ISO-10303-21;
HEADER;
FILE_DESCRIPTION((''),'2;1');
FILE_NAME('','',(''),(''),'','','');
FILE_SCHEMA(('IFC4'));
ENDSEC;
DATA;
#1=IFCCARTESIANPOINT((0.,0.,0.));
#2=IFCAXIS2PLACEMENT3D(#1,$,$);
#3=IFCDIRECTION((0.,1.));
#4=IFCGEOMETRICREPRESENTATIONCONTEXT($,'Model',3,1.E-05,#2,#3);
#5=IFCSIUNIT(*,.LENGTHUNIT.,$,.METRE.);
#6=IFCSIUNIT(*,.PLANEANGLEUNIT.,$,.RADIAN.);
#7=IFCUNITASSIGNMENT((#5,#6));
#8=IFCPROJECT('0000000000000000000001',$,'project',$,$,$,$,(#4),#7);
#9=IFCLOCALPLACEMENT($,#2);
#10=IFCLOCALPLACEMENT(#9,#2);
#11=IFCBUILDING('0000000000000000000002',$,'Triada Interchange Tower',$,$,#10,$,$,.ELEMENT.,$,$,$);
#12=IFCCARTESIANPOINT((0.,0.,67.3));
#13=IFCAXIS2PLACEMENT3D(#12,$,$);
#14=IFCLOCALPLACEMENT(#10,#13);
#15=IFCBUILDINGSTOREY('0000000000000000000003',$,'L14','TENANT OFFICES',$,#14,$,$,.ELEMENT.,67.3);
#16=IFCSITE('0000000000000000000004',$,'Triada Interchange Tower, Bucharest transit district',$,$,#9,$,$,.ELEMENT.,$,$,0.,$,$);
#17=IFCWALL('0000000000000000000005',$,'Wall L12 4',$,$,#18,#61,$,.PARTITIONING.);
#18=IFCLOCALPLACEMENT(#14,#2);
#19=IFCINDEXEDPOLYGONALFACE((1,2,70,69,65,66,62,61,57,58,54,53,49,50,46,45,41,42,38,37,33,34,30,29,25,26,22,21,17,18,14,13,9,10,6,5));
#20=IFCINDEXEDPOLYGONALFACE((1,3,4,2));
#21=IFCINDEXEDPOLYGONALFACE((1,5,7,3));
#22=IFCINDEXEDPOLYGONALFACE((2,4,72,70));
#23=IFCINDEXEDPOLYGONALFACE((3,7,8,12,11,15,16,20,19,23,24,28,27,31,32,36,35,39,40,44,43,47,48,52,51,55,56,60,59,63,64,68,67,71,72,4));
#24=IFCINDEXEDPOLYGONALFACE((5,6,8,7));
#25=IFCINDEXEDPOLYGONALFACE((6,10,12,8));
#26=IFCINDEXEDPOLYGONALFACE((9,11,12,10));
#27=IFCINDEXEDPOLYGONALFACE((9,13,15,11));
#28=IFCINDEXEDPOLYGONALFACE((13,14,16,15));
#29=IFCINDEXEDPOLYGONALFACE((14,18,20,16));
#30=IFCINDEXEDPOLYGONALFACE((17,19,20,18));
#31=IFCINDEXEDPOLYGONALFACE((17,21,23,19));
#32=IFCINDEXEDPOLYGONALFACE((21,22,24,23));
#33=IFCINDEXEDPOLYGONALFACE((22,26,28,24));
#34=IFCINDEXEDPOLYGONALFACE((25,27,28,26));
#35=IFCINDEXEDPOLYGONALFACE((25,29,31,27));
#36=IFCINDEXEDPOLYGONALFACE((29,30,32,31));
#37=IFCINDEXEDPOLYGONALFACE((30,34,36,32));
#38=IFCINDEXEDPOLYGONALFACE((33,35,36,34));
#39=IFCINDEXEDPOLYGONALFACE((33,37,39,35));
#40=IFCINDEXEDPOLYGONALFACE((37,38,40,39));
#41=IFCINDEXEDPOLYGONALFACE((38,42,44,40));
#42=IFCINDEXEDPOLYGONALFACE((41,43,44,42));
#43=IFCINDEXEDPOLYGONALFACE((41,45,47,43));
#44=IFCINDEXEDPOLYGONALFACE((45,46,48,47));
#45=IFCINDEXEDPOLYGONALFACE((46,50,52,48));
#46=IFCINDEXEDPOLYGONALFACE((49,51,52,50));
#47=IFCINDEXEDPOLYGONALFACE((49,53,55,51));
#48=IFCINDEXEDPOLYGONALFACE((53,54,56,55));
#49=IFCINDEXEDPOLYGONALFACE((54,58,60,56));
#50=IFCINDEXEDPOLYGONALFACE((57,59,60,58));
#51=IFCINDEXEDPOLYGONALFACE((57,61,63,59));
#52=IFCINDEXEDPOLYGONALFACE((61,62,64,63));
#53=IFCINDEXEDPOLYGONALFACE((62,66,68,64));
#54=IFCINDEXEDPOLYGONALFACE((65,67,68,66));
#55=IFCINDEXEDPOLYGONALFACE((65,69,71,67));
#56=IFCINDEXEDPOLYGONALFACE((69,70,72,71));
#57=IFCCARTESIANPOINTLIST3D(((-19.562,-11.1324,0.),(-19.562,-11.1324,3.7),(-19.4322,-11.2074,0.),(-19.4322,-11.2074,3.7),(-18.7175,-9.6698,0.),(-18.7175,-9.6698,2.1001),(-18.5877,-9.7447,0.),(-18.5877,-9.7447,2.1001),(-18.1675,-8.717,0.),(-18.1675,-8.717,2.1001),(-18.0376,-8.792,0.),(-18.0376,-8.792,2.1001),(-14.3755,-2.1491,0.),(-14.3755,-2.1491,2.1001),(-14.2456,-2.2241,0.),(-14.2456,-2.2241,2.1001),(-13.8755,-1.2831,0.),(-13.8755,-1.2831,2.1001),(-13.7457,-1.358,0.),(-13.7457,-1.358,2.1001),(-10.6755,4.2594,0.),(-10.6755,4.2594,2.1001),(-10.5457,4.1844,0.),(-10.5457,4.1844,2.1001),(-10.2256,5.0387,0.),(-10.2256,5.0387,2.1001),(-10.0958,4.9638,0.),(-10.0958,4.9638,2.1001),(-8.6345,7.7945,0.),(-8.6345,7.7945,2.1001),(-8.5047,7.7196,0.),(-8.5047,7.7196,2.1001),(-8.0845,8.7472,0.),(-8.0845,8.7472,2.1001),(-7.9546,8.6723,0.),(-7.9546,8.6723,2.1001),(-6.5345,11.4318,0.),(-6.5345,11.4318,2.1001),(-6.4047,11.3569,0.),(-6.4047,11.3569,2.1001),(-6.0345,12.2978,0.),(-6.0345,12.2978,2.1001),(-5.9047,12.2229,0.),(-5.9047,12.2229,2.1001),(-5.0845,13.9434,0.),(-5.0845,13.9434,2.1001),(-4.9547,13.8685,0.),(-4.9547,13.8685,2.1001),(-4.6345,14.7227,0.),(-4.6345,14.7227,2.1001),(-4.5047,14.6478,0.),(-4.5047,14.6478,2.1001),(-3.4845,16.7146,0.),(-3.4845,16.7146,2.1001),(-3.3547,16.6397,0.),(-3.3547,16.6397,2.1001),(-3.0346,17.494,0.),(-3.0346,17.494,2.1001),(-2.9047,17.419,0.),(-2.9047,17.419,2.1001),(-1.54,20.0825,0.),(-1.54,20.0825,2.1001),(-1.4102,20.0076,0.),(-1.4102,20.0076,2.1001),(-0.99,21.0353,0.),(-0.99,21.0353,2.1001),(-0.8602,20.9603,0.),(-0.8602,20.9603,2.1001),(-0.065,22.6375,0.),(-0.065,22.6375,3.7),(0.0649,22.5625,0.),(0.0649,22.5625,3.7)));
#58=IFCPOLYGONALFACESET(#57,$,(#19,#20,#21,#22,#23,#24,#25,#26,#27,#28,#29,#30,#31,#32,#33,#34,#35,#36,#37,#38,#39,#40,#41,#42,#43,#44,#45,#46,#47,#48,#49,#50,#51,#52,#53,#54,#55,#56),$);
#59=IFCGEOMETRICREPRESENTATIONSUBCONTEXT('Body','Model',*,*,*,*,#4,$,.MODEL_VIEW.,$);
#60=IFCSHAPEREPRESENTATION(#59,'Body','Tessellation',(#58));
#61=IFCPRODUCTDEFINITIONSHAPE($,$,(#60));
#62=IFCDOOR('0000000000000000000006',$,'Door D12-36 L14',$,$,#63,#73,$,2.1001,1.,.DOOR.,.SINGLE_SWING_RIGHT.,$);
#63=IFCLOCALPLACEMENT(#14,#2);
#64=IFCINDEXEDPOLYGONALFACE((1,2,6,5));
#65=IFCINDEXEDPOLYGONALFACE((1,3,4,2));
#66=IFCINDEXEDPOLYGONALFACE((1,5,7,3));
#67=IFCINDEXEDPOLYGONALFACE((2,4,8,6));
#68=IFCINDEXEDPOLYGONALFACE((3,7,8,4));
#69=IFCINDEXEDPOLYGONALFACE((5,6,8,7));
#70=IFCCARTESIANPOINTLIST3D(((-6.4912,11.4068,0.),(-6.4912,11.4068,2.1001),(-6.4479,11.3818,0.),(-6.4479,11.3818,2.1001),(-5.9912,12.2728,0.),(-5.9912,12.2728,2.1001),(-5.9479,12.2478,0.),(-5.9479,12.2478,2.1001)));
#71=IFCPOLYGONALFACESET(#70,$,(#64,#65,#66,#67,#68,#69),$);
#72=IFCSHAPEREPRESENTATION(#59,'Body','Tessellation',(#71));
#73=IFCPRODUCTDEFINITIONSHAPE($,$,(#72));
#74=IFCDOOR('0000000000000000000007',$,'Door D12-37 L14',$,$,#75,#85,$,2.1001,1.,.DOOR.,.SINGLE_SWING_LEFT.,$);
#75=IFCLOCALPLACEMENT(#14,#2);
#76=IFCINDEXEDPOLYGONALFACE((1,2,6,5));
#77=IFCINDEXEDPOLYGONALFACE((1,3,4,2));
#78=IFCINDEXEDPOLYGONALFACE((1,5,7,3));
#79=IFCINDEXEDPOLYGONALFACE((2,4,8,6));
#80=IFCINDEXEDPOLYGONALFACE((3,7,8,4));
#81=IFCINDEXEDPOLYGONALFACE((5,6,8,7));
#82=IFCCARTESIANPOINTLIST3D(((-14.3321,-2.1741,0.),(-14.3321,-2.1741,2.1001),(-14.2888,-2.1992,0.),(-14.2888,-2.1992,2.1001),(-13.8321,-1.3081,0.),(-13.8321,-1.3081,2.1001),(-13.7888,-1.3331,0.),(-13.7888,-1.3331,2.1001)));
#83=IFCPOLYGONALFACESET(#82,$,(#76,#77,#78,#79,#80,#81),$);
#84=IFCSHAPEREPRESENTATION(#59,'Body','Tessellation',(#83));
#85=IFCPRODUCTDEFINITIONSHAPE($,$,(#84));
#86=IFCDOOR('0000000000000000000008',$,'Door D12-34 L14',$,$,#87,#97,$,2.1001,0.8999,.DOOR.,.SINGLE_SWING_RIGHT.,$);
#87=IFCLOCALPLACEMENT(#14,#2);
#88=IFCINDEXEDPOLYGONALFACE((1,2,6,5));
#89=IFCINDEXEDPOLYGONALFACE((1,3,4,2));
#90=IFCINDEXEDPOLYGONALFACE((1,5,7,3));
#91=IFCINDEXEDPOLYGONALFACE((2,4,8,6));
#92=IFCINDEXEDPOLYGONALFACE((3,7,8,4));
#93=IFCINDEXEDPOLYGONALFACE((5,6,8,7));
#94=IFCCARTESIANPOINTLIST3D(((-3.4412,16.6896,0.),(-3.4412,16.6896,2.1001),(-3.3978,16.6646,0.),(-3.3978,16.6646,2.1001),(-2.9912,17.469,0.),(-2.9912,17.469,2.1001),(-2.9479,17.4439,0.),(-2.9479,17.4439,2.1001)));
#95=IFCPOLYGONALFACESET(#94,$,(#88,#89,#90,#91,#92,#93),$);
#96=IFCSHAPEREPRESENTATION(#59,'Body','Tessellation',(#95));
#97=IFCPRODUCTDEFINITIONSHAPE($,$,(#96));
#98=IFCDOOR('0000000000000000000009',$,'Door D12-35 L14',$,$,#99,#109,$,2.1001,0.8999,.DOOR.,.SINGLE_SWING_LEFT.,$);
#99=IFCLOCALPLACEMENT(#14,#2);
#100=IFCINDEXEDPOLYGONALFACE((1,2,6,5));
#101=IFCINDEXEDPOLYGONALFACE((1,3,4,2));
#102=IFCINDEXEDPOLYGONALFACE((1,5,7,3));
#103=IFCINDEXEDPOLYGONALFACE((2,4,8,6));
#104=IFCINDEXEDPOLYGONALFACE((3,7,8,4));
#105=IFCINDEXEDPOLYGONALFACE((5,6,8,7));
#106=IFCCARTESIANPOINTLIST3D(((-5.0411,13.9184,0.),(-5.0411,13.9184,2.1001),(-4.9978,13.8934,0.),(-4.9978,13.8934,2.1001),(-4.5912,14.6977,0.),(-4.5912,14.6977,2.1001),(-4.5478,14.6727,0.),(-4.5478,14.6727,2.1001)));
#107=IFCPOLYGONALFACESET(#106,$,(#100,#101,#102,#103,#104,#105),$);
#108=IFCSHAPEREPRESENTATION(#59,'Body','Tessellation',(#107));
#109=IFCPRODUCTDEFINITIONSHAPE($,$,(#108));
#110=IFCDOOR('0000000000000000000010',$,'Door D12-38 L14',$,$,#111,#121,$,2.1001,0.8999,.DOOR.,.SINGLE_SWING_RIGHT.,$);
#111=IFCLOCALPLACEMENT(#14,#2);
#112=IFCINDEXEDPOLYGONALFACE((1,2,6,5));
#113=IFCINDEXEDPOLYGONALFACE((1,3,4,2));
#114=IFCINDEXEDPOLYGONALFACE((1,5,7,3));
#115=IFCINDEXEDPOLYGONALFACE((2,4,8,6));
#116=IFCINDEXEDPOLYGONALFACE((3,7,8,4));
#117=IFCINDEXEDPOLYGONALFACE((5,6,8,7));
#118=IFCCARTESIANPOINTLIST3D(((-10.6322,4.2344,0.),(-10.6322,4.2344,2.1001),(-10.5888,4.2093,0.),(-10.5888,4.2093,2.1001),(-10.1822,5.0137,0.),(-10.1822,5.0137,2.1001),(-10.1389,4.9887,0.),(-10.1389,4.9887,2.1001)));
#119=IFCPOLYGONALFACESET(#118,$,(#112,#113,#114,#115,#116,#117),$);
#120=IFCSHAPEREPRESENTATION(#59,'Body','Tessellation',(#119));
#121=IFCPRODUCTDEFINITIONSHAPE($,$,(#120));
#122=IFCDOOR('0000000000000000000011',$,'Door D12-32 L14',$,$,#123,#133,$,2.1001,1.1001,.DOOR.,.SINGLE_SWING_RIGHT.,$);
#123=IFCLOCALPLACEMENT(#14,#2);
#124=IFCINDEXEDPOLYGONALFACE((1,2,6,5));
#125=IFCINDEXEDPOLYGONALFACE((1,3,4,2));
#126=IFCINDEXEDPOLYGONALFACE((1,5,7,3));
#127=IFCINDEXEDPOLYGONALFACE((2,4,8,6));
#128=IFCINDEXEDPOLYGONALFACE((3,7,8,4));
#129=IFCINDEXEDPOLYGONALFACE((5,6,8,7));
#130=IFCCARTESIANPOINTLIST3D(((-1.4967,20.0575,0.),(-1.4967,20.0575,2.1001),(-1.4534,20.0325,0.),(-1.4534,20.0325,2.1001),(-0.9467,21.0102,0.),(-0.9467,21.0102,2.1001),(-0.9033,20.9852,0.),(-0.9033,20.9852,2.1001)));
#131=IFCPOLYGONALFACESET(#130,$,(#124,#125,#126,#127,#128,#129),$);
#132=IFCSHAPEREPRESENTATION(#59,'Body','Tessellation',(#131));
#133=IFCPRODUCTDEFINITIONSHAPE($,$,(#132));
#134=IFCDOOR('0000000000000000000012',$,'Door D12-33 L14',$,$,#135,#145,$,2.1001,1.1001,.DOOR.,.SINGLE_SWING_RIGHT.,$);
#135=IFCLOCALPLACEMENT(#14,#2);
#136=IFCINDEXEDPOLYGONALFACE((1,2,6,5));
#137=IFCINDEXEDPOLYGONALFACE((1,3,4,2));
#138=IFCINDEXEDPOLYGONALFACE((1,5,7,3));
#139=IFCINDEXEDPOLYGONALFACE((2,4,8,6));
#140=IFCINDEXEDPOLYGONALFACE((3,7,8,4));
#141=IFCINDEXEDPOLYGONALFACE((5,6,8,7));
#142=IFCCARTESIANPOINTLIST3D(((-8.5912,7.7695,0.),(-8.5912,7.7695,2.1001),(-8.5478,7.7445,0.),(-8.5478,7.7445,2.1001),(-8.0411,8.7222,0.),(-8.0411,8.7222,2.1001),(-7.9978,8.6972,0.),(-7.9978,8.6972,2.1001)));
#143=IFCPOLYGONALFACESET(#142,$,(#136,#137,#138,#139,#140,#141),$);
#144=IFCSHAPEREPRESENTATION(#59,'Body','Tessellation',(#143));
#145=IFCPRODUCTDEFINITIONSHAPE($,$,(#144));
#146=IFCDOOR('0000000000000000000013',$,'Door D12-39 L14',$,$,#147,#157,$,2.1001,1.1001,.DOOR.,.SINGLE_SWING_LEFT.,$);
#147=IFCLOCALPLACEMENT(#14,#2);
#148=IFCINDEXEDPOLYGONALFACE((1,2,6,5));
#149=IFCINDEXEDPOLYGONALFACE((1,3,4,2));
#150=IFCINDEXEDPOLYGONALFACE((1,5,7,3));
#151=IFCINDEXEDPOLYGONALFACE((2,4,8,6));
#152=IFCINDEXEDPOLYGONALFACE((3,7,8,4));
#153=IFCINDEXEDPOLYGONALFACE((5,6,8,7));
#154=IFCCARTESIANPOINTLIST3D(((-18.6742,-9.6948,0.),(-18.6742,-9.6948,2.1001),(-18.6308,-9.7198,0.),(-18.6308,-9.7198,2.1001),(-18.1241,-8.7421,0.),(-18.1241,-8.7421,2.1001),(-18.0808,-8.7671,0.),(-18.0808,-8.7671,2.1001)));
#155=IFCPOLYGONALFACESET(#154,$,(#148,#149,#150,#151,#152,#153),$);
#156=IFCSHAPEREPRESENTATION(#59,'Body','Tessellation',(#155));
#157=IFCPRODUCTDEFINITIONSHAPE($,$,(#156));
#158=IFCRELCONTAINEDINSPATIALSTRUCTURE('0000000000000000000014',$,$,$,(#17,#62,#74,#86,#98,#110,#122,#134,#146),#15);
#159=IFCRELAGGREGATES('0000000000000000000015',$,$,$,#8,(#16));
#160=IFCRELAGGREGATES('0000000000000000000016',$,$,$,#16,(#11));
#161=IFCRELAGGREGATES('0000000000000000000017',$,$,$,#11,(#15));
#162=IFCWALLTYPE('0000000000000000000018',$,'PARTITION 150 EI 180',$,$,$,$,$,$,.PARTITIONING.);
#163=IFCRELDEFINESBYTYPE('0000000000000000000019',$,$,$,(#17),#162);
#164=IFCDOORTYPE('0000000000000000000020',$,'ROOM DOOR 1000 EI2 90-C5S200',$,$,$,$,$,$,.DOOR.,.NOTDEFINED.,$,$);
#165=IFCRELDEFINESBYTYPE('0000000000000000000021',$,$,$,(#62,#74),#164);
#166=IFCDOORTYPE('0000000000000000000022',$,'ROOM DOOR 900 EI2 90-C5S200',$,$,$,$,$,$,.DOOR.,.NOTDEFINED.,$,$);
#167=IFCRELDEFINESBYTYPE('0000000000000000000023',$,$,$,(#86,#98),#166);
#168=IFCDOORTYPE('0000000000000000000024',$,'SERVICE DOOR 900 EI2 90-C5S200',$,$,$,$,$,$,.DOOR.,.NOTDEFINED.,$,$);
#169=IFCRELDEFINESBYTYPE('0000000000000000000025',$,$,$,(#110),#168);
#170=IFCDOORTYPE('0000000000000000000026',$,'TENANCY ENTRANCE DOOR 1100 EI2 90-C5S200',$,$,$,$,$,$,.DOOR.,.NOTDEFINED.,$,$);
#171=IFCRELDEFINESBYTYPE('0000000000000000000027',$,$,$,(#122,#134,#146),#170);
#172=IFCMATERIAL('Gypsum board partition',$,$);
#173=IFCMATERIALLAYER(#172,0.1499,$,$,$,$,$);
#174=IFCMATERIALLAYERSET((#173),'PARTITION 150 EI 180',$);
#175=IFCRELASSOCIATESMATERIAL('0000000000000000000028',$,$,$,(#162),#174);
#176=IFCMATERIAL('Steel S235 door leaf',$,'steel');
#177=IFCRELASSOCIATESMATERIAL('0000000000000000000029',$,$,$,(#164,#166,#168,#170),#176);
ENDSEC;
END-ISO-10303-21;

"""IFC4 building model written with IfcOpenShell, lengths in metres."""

from ifc_helpers import new_model, si_unit, direction, frame, frame_2d, origin, place, context, subcontext, project, spatial, rectangle, extrude, material, layer, layer_set, type_object, element, fill, save


model = new_model("IFC4")

# Units and contexts
model_context = context("Model", 3, precision=1e-05, world=origin(), true_north=direction((0.0, 1.0)))
body_context = subcontext(model_context, "Body", "Model", "MODEL_VIEW")
ifc_project = project(units=[si_unit("LENGTHUNIT", "METRE"), si_unit("PLANEANGLEUNIT", "RADIAN")], contexts=[model_context])

# Site, building, storey
site_placement = place(None, origin())
site = spatial("IfcSite", under=ifc_project, at=site_placement, Name="Triada Interchange Tower, Bucharest transit district", CompositionType="ELEMENT", RefElevation=0.0)
building_placement = place(site_placement, origin())
building = spatial("IfcBuilding", under=site, at=building_placement, Name="Triada Interchange Tower", CompositionType="ELEMENT")
storey_placement = place(building_placement, frame((0.0, 0.0, 67.3)))
storey = spatial("IfcBuildingStorey", under=building, at=storey_placement, Name="L14", Description="TENANT OFFICES", CompositionType="ELEMENT", Elevation=67.3)

# Wall, openings, doors
ifc_material_1 = material(Name="Gypsum board partition")
ifc_layer_1 = layer(ifc_material_1, 0.1499)
ifc_layer_set_1 = layer_set([ifc_layer_1], Name="PARTITION 150 EI 180")
wall_type_1 = type_object("IfcWallType", Name="PARTITION 150 EI 180", PredefinedType="PARTITIONING", material=ifc_layer_set_1)
wall_1_placement = place(storey_placement, frame((-19.4971, -11.1699, 0.0), z_axis=(0.0, 0.0, 1.0), x_axis=(0.499999, 0.866026, 0.0)))
wall_1 = element("IfcWall", 1, at=wall_1_placement, inside=storey, type_object=wall_type_1, Name="Wall L12 4", PredefinedType="PARTITIONING", context=body_context, shape_type="SweptSolid", body=[
    extrude(rectangle(XDim=38.9941, YDim=0.1499, at=frame_2d((19.4971, 0.0))), origin(), (0.0, 0.0, 1.0), 3.7),
])
opening_1_placement = place(wall_1_placement, frame((36.0439, 0.0, 0.0)))
opening_1 = element("IfcOpeningElement", 2, at=opening_1_placement, cuts=wall_1, PredefinedType="OPENING", context=body_context, shape_type="SweptSolid", body=[
    extrude(rectangle(XDim=1.1001, YDim=2.1001, at=frame_2d((0.55, 1.05))), frame((0.0, 0.085, 0.0), z_axis=(0.0, -1.0, 0.0), x_axis=(1.0, 0.0, 0.0)), (0.0, 0.0, 1.0), 0.1699),
])
opening_2_placement = place(wall_1_placement, frame((21.855, 0.0, 0.0)))
opening_2 = element("IfcOpeningElement", 3, at=opening_2_placement, cuts=wall_1, PredefinedType="OPENING", context=body_context, shape_type="SweptSolid", body=[
    extrude(rectangle(XDim=1.1001, YDim=2.1001, at=frame_2d((0.55, 1.05))), frame((0.0, 0.085, 0.0), z_axis=(0.0, -1.0, 0.0), x_axis=(1.0, 0.0, 0.0)), (0.0, 0.0, 1.0), 0.1699),
])
opening_3_placement = place(wall_1_placement, frame((32.155, 0.0, 0.0)))
opening_3 = element("IfcOpeningElement", 4, at=opening_3_placement, cuts=wall_1, PredefinedType="OPENING", context=body_context, shape_type="SweptSolid", body=[
    extrude(rectangle(XDim=0.8999, YDim=2.1001, at=frame_2d((0.45, 1.05))), frame((0.0, 0.085, 0.0), z_axis=(0.0, -1.0, 0.0), x_axis=(1.0, 0.0, 0.0)), (0.0, 0.0, 1.0), 0.1699),
])
opening_4_placement = place(wall_1_placement, frame((28.9551, 0.0, 0.0)))
opening_4 = element("IfcOpeningElement", 5, at=opening_4_placement, cuts=wall_1, PredefinedType="OPENING", context=body_context, shape_type="SweptSolid", body=[
    extrude(rectangle(XDim=0.8999, YDim=2.1001, at=frame_2d((0.45, 1.05))), frame((0.0, 0.085, 0.0), z_axis=(0.0, -1.0, 0.0), x_axis=(1.0, 0.0, 0.0)), (0.0, 0.0, 1.0), 0.1699),
])
opening_5_placement = place(wall_1_placement, frame((26.0549, 0.0, 0.0)))
opening_5 = element("IfcOpeningElement", 6, at=opening_5_placement, cuts=wall_1, PredefinedType="OPENING", context=body_context, shape_type="SweptSolid", body=[
    extrude(rectangle(XDim=1.0, YDim=2.1001, at=frame_2d((0.5, 1.05))), frame((0.0, 0.085, 0.0), z_axis=(0.0, -1.0, 0.0), x_axis=(1.0, 0.0, 0.0)), (0.0, 0.0, 1.0), 0.1699),
])
opening_6_placement = place(wall_1_placement, frame((10.373, 0.0, 0.0)))
opening_6 = element("IfcOpeningElement", 7, at=opening_6_placement, cuts=wall_1, PredefinedType="OPENING", context=body_context, shape_type="SweptSolid", body=[
    extrude(rectangle(XDim=1.0, YDim=2.1001, at=frame_2d((0.5, 1.05))), frame((0.0, 0.085, 0.0), z_axis=(0.0, -1.0, 0.0), x_axis=(1.0, 0.0, 0.0)), (0.0, 0.0, 1.0), 0.1699),
])
opening_7_placement = place(wall_1_placement, frame((17.7729, 0.0, 0.0)))
opening_7 = element("IfcOpeningElement", 8, at=opening_7_placement, cuts=wall_1, PredefinedType="OPENING", context=body_context, shape_type="SweptSolid", body=[
    extrude(rectangle(XDim=0.8999, YDim=2.1001, at=frame_2d((0.45, 1.05))), frame((0.0, 0.085, 0.0), z_axis=(0.0, -1.0, 0.0), x_axis=(1.0, 0.0, 0.0)), (0.0, 0.0, 1.0), 0.1699),
])
opening_8_placement = place(wall_1_placement, frame((1.689, 0.0, 0.0)))
opening_8 = element("IfcOpeningElement", 9, at=opening_8_placement, cuts=wall_1, PredefinedType="OPENING", context=body_context, shape_type="SweptSolid", body=[
    extrude(rectangle(XDim=1.1001, YDim=2.1001, at=frame_2d((0.55, 1.05))), frame((0.0, 0.085, 0.0), z_axis=(0.0, -1.0, 0.0), x_axis=(1.0, 0.0, 0.0)), (0.0, 0.0, 1.0), 0.1699),
])
ifc_material_2 = material(Name="Steel S235 door leaf", Category="steel")
door_type_1 = type_object("IfcDoorType", Name="ROOM DOOR 1000 EI2 90-C5S200", OperationType="NOTDEFINED", PredefinedType="DOOR", material=ifc_material_2)
door_1_placement = place(opening_5_placement, origin())
door_1 = element("IfcDoor", 10, at=door_1_placement, inside=storey, type_object=door_type_1, Name="Door D12-36 L14", OperationType="SINGLE_SWING_RIGHT", OverallHeight=2.1001, OverallWidth=1.0, PredefinedType="DOOR", context=body_context, shape_type="SweptSolid", body=[
    extrude(rectangle(XDim=1.0, YDim=2.1001, at=frame_2d((0.5, 1.05))), frame((0.0, 0.0249, 0.0), z_axis=(0.0, -1.0, 0.0), x_axis=(1.0, 0.0, 0.0)), (0.0, 0.0, 1.0), 0.05),
])
fill(opening_5, door_1)
door_2_placement = place(opening_6_placement, origin())
door_2 = element("IfcDoor", 11, at=door_2_placement, inside=storey, type_object=door_type_1, Name="Door D12-37 L14", OperationType="SINGLE_SWING_LEFT", OverallHeight=2.1001, OverallWidth=1.0, PredefinedType="DOOR", context=body_context, shape_type="SweptSolid", body=[
    extrude(rectangle(XDim=1.0, YDim=2.1001, at=frame_2d((0.5, 1.05))), frame((0.0, 0.0249, 0.0), z_axis=(0.0, -1.0, 0.0), x_axis=(1.0, 0.0, 0.0)), (0.0, 0.0, 1.0), 0.05),
])
fill(opening_6, door_2)
door_type_2 = type_object("IfcDoorType", Name="ROOM DOOR 900 EI2 90-C5S200", OperationType="NOTDEFINED", PredefinedType="DOOR", material=ifc_material_2)
door_3_placement = place(opening_3_placement, origin())
door_3 = element("IfcDoor", 12, at=door_3_placement, inside=storey, type_object=door_type_2, Name="Door D12-34 L14", OperationType="SINGLE_SWING_RIGHT", OverallHeight=2.1001, OverallWidth=0.8999, PredefinedType="DOOR", context=body_context, shape_type="SweptSolid", body=[
    extrude(rectangle(XDim=0.8999, YDim=2.1001, at=frame_2d((0.45, 1.05))), frame((0.0, 0.0249, 0.0), z_axis=(0.0, -1.0, 0.0), x_axis=(1.0, 0.0, 0.0)), (0.0, 0.0, 1.0), 0.05),
])
fill(opening_3, door_3)
door_4_placement = place(opening_4_placement, origin())
door_4 = element("IfcDoor", 13, at=door_4_placement, inside=storey, type_object=door_type_2, Name="Door D12-35 L14", OperationType="SINGLE_SWING_LEFT", OverallHeight=2.1001, OverallWidth=0.8999, PredefinedType="DOOR", context=body_context, shape_type="SweptSolid", body=[
    extrude(rectangle(XDim=0.8999, YDim=2.1001, at=frame_2d((0.45, 1.05))), frame((0.0, 0.0249, 0.0), z_axis=(0.0, -1.0, 0.0), x_axis=(1.0, 0.0, 0.0)), (0.0, 0.0, 1.0), 0.05),
])
fill(opening_4, door_4)
door_type_3 = type_object("IfcDoorType", Name="SERVICE DOOR 900 EI2 90-C5S200", OperationType="NOTDEFINED", PredefinedType="DOOR", material=ifc_material_2)
door_5_placement = place(opening_7_placement, origin())
door_5 = element("IfcDoor", 14, at=door_5_placement, inside=storey, type_object=door_type_3, Name="Door D12-38 L14", OperationType="SINGLE_SWING_RIGHT", OverallHeight=2.1001, OverallWidth=0.8999, PredefinedType="DOOR", context=body_context, shape_type="SweptSolid", body=[
    extrude(rectangle(XDim=0.8999, YDim=2.1001, at=frame_2d((0.45, 1.05))), frame((0.0, 0.0249, 0.0), z_axis=(0.0, -1.0, 0.0), x_axis=(1.0, 0.0, 0.0)), (0.0, 0.0, 1.0), 0.05),
])
fill(opening_7, door_5)
door_type_4 = type_object("IfcDoorType", Name="TENANCY ENTRANCE DOOR 1100 EI2 90-C5S200", OperationType="NOTDEFINED", PredefinedType="DOOR", material=ifc_material_2)
door_6_placement = place(opening_1_placement, origin())
door_6 = element("IfcDoor", 15, at=door_6_placement, inside=storey, type_object=door_type_4, Name="Door D12-32 L14", OperationType="SINGLE_SWING_RIGHT", OverallHeight=2.1001, OverallWidth=1.1001, PredefinedType="DOOR", context=body_context, shape_type="SweptSolid", body=[
    extrude(rectangle(XDim=1.1001, YDim=2.1001, at=frame_2d((0.55, 1.05))), frame((0.0, 0.0249, 0.0), z_axis=(0.0, -1.0, 0.0), x_axis=(1.0, 0.0, 0.0)), (0.0, 0.0, 1.0), 0.05),
])
fill(opening_1, door_6)
door_7_placement = place(opening_2_placement, origin())
door_7 = element("IfcDoor", 16, at=door_7_placement, inside=storey, type_object=door_type_4, Name="Door D12-33 L14", OperationType="SINGLE_SWING_RIGHT", OverallHeight=2.1001, OverallWidth=1.1001, PredefinedType="DOOR", context=body_context, shape_type="SweptSolid", body=[
    extrude(rectangle(XDim=1.1001, YDim=2.1001, at=frame_2d((0.55, 1.05))), frame((0.0, 0.0249, 0.0), z_axis=(0.0, -1.0, 0.0), x_axis=(1.0, 0.0, 0.0)), (0.0, 0.0, 1.0), 0.05),
])
fill(opening_2, door_7)
door_8_placement = place(opening_8_placement, origin())
door_8 = element("IfcDoor", 17, at=door_8_placement, inside=storey, type_object=door_type_4, Name="Door D12-39 L14", OperationType="SINGLE_SWING_LEFT", OverallHeight=2.1001, OverallWidth=1.1001, PredefinedType="DOOR", context=body_context, shape_type="SweptSolid", body=[
    extrude(rectangle(XDim=1.1001, YDim=2.1001, at=frame_2d((0.55, 1.05))), frame((0.0, 0.0249, 0.0), z_axis=(0.0, -1.0, 0.0), x_axis=(1.0, 0.0, 0.0)), (0.0, 0.0, 1.0), 0.05),
])
fill(opening_8, door_8)

save(model, "model.ifc")
